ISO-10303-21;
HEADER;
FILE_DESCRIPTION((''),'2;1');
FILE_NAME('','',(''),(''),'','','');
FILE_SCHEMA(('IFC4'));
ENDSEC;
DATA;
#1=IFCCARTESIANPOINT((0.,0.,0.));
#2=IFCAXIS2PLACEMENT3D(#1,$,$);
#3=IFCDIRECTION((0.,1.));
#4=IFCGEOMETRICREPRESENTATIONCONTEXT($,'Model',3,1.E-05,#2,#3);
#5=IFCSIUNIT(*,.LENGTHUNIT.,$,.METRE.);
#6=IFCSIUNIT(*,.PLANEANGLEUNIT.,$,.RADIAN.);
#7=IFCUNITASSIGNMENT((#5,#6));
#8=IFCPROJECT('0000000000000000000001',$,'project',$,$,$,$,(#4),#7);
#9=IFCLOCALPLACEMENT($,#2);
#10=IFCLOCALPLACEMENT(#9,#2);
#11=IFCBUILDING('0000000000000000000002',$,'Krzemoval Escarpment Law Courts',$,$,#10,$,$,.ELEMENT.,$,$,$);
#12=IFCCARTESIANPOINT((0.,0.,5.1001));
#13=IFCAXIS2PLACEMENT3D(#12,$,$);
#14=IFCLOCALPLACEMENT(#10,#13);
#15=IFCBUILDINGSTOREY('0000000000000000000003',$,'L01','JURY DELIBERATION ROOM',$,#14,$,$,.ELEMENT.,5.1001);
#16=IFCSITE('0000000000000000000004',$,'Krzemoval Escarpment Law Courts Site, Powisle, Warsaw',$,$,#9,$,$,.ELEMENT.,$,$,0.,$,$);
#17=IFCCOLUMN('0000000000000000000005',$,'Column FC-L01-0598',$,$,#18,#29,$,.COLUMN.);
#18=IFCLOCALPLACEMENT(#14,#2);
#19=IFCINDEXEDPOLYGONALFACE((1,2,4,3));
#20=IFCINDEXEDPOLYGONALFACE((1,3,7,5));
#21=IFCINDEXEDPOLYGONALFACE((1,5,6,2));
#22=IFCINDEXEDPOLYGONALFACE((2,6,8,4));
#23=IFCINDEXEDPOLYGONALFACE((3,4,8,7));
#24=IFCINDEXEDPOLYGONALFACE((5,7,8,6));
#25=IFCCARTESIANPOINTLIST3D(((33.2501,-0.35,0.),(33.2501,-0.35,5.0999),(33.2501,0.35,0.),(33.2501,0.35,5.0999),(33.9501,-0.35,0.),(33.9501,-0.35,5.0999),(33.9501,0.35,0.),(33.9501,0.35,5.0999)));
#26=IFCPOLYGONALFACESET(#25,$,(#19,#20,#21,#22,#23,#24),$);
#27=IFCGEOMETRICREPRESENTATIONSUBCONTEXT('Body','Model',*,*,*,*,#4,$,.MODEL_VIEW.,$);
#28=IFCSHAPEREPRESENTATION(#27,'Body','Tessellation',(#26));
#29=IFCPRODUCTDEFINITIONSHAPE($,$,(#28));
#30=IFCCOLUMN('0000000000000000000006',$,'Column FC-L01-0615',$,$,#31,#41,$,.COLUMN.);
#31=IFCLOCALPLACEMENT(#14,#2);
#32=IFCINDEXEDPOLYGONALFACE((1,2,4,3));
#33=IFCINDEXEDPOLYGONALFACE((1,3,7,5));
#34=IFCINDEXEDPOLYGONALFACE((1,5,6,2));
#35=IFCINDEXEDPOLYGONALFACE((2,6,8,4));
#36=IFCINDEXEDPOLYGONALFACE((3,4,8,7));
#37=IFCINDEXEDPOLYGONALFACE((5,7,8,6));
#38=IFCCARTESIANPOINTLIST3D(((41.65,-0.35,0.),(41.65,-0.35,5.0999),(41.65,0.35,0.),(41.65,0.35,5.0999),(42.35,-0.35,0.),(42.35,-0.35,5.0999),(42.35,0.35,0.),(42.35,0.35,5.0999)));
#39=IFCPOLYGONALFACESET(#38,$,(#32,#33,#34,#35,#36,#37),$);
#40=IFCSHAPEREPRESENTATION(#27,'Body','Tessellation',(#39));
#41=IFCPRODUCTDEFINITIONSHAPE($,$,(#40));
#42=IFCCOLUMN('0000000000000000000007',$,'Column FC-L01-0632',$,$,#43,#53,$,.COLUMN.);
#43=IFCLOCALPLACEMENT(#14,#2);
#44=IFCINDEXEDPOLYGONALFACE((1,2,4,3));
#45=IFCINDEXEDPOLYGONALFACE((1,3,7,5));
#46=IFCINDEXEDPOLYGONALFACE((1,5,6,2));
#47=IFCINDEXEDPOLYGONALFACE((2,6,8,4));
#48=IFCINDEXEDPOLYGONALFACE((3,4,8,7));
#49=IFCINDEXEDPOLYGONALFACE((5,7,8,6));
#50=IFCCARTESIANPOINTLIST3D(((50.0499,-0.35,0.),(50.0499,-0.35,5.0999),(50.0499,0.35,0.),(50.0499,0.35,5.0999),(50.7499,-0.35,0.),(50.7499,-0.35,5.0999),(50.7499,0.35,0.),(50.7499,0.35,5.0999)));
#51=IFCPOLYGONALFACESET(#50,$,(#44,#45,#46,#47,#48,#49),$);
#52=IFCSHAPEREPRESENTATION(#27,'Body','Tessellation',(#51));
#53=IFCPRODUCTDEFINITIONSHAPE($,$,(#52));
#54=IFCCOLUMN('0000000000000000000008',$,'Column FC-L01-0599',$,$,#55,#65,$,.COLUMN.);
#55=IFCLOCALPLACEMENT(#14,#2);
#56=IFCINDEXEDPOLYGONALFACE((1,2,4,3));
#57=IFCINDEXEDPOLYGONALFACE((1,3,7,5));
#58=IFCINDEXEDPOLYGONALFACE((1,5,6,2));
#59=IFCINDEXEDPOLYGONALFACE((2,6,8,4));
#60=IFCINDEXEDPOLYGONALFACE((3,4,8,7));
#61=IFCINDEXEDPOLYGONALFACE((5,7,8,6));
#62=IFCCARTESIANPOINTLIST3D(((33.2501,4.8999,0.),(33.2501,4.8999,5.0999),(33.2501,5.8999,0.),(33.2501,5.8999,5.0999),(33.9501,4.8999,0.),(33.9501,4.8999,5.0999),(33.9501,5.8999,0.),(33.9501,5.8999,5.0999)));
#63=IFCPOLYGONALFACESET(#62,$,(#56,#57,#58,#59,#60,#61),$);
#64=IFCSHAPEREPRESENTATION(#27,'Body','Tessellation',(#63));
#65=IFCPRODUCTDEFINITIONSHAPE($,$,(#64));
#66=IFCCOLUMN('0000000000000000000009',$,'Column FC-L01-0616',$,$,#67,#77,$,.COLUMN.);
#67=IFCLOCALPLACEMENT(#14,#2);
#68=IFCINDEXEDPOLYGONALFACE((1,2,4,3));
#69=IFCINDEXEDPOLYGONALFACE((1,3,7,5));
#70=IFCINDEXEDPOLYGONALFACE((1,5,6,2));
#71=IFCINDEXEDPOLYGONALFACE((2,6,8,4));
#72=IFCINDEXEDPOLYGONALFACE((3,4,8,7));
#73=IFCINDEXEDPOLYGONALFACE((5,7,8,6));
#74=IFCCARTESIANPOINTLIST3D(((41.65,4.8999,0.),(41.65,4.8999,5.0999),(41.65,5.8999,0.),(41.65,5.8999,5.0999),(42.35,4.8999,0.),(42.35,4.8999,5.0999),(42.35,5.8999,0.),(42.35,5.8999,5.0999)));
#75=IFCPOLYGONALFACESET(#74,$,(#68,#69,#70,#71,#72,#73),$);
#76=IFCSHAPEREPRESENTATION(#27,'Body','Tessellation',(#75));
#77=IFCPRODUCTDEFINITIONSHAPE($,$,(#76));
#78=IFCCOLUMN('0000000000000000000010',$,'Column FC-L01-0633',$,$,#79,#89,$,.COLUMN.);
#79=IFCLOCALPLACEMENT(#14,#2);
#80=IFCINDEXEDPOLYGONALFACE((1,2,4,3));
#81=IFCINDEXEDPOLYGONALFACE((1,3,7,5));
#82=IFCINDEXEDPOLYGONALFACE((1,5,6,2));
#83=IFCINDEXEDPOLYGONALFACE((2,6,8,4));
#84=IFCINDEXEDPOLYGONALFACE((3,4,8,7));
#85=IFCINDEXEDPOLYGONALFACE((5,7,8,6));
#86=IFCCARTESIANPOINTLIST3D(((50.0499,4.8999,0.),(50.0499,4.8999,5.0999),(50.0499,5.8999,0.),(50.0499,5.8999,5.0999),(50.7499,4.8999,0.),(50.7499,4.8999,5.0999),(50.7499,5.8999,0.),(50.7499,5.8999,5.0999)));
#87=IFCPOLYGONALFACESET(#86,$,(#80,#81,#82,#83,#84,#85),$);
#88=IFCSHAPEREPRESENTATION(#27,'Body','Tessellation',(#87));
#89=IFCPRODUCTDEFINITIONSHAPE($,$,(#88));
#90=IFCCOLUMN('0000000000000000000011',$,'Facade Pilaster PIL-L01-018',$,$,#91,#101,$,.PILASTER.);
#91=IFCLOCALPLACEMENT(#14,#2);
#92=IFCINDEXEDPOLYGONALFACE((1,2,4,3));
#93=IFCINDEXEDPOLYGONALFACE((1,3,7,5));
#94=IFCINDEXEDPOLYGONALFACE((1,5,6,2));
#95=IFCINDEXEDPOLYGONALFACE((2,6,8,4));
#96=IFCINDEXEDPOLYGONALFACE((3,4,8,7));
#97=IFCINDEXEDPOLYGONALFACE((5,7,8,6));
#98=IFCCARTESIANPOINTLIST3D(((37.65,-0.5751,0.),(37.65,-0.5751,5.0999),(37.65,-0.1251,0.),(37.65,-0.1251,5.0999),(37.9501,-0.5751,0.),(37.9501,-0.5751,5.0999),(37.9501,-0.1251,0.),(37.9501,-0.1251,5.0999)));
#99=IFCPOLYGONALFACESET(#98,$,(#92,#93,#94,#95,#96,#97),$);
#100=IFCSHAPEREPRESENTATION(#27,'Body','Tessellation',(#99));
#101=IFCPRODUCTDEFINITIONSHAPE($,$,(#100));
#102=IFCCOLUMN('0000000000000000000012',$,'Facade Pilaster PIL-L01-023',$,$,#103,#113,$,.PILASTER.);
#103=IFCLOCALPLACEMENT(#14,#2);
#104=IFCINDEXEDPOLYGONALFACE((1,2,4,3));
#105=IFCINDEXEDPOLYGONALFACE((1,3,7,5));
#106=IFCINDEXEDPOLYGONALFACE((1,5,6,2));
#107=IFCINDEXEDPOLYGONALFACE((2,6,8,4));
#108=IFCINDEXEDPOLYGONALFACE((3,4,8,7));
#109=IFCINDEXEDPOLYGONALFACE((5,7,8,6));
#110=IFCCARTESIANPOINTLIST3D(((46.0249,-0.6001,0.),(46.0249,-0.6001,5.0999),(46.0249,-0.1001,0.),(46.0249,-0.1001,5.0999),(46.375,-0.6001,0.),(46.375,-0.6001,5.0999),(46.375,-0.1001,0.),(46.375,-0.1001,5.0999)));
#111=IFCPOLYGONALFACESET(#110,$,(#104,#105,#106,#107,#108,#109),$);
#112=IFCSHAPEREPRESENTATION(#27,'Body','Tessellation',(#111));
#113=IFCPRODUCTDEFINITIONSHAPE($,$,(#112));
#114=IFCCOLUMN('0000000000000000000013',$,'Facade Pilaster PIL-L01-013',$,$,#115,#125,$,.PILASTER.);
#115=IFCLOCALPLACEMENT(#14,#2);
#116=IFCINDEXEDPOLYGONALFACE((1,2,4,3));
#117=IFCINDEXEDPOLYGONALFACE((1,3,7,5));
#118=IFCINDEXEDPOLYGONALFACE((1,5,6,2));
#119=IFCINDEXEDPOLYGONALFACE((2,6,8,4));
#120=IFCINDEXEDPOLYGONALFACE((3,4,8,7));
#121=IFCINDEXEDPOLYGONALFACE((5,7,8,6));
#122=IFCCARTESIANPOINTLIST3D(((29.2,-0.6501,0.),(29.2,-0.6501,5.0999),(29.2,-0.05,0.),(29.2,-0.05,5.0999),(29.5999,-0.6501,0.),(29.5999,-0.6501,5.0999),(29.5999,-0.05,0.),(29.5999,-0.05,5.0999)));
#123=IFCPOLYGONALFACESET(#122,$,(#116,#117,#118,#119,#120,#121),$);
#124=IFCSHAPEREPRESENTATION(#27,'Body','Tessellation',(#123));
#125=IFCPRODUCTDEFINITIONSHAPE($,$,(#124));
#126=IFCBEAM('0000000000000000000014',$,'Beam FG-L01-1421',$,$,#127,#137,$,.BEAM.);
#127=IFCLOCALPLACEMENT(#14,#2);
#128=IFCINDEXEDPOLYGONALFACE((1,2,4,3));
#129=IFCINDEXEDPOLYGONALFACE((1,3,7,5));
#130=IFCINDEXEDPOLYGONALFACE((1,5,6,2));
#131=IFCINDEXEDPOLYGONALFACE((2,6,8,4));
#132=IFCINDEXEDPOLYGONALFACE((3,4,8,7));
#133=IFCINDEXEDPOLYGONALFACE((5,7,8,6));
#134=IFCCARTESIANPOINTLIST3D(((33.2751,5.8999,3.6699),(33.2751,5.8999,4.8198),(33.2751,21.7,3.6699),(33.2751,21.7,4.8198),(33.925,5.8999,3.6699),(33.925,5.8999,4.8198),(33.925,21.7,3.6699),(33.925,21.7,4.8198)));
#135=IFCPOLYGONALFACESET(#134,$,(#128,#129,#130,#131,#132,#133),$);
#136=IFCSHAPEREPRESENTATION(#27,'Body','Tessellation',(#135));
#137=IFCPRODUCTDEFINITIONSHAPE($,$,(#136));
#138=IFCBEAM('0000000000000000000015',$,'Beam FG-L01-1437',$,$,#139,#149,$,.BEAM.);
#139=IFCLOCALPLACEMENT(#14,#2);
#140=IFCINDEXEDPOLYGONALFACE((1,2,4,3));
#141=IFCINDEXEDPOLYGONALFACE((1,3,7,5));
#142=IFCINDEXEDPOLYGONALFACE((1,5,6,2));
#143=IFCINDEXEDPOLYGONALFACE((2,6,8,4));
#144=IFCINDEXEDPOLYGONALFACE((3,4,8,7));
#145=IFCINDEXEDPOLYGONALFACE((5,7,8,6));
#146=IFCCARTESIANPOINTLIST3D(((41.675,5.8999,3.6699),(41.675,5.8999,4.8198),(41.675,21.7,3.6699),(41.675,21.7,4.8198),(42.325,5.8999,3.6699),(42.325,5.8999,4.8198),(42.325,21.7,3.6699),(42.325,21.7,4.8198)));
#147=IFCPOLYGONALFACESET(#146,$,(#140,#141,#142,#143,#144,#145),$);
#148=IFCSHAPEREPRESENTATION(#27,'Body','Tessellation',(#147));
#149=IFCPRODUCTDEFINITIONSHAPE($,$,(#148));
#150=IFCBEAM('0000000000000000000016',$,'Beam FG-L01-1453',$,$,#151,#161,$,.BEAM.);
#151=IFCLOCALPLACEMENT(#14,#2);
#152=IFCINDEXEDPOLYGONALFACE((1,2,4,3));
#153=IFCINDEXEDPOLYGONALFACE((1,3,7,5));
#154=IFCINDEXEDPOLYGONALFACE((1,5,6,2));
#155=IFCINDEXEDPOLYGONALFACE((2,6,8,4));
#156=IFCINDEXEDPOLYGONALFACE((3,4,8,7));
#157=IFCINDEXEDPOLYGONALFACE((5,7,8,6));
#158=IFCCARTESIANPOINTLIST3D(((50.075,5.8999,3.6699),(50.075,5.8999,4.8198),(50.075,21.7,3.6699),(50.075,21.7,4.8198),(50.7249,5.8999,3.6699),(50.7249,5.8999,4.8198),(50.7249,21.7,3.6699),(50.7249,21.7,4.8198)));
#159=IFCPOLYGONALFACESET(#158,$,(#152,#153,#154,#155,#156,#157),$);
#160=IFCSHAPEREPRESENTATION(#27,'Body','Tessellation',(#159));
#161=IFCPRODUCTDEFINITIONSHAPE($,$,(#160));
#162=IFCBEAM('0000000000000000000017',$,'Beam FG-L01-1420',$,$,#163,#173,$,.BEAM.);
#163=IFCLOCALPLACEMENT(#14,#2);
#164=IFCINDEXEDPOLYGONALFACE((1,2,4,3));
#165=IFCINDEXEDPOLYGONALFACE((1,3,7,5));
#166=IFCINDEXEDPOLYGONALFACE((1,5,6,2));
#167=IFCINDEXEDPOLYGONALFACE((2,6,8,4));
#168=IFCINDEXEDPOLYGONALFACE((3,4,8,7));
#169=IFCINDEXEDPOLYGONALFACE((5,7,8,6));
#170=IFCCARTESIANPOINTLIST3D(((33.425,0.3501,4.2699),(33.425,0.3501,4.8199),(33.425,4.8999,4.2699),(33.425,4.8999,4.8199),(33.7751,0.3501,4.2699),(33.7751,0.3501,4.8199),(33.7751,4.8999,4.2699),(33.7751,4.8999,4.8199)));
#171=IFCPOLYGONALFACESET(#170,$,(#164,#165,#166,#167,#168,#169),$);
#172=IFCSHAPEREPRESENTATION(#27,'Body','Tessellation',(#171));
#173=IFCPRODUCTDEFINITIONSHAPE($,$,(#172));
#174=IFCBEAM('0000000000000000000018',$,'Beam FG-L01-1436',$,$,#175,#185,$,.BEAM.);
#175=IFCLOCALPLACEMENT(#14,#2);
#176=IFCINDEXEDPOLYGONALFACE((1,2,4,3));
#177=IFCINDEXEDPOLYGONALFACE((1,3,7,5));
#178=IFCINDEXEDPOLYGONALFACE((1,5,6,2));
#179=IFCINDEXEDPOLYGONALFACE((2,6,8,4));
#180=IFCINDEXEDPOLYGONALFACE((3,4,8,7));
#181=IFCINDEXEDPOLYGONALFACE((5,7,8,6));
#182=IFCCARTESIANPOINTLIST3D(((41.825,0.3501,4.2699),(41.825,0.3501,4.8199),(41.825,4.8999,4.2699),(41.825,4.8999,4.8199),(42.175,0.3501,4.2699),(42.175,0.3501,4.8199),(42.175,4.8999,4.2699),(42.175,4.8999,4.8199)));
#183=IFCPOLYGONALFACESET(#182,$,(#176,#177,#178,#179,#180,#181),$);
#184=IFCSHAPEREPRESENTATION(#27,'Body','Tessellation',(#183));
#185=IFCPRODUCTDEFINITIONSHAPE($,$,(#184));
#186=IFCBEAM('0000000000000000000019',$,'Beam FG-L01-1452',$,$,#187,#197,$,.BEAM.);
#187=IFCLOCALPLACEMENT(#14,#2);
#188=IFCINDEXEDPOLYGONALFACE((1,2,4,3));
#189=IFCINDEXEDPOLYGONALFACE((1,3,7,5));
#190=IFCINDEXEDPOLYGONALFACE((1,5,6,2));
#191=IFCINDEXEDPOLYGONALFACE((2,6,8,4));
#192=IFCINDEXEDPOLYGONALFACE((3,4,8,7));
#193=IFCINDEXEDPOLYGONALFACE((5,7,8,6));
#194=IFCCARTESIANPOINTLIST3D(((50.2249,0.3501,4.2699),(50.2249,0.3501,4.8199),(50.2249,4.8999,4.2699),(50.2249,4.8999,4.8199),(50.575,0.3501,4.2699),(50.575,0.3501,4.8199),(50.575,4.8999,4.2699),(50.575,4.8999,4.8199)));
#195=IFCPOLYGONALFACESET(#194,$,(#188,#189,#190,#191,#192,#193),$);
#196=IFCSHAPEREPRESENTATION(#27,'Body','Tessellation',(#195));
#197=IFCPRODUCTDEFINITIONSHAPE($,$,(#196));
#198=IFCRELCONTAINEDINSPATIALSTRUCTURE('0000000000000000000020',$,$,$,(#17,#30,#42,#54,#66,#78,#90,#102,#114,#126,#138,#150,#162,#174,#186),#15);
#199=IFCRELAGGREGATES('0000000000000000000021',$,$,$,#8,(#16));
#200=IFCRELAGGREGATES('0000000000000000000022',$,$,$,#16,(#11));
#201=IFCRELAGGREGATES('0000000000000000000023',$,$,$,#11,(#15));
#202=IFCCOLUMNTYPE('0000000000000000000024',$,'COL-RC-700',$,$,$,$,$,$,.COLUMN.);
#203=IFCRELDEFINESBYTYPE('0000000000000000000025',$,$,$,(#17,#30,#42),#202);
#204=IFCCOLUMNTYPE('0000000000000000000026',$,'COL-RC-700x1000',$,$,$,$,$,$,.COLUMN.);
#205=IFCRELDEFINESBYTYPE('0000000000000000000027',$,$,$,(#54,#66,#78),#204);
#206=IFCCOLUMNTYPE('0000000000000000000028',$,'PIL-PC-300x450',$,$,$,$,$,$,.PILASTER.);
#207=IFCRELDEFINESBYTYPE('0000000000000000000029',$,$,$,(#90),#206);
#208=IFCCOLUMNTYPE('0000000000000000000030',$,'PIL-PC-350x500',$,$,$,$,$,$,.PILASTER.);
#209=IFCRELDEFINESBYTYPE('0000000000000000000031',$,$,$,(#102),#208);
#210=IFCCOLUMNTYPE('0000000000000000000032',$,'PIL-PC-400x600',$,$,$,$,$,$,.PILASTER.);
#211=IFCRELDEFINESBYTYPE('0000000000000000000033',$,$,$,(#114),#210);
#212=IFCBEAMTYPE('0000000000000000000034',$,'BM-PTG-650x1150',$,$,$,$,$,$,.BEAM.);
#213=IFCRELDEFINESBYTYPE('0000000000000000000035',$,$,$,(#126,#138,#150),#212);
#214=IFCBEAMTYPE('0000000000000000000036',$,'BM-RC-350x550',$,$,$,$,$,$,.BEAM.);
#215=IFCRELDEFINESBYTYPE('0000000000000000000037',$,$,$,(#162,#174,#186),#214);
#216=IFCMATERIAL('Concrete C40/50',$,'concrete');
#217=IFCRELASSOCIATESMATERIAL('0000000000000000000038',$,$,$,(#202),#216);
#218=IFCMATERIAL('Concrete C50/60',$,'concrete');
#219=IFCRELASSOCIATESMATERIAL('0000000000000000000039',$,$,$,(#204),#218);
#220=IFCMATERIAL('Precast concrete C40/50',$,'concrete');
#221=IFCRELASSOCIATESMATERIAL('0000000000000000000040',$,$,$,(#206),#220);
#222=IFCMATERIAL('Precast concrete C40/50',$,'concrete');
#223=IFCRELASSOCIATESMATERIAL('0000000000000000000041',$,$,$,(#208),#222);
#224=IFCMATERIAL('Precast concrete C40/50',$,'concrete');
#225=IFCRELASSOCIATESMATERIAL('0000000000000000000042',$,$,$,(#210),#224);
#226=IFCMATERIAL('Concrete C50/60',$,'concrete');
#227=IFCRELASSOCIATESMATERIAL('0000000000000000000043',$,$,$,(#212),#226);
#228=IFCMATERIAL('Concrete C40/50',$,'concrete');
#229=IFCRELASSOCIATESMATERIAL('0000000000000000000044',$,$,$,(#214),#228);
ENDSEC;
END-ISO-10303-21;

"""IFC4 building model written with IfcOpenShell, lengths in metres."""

from ifc_helpers import new_model, si_unit, direction, frame, origin, origin_2d, place, context, subcontext, project, spatial, rectangle, extrude, material, material_profile, profile_set, type_object, element, save


model = new_model("IFC4")

# Units and contexts
model_context = context("Model", 3, precision=1e-05, world=origin(), true_north=direction((0.0, 1.0)))
body_context = subcontext(model_context, "Body", "Model", "MODEL_VIEW")
ifc_project = project(units=[si_unit("LENGTHUNIT", "METRE"), si_unit("PLANEANGLEUNIT", "RADIAN")], contexts=[model_context])

# Site, building, storey
site_placement = place(None, origin())
site = spatial("IfcSite", under=ifc_project, at=site_placement, Name="Krzemoval Escarpment Law Courts Site, Powisle, Warsaw", CompositionType="ELEMENT", RefElevation=0.0)
building_placement = place(site_placement, origin())
building = spatial("IfcBuilding", under=site, at=building_placement, Name="Krzemoval Escarpment Law Courts", CompositionType="ELEMENT")
storey_placement = place(building_placement, frame((0.0, 0.0, 5.1001)))
storey = spatial("IfcBuildingStorey", under=building, at=storey_placement, Name="L01", Description="JURY DELIBERATION ROOM", CompositionType="ELEMENT", Elevation=5.1001)

# Columns
ifc_material_1 = material(Name="Concrete C40/50", Category="concrete")
ifc_material_profile_1 = material_profile(ifc_material_1, rectangle(XDim=0.7, YDim=0.7, at=origin_2d()), Name="RC 700x700")
ifc_profile_set_1 = profile_set([ifc_material_profile_1], Name="Concrete C40/50")
column_type_1 = type_object("IfcColumnType", Name="COL-RC-700", PredefinedType="COLUMN", material=ifc_profile_set_1)
for number, where, z_axis, x_axis, name in (
    (1, (33.6001, 0.0, 0.0), (0.0, 0.0, 1.0), (1.0, 0.0, 0.0), "Column FC-L01-0598"),
    (2, (42.0, 0.0, 0.0), (0.0, 0.0, 1.0), (1.0, 0.0, 0.0), "Column FC-L01-0615"),
    (3, (50.3999, 0.0, 0.0), (0.0, 0.0, 1.0), (1.0, 0.0, 0.0), "Column FC-L01-0632"),
):
    element("IfcColumn", number, at=place(storey_placement, frame(where, z_axis=z_axis, x_axis=x_axis)), inside=storey, type_object=column_type_1, Name=name, PredefinedType="COLUMN", context=body_context, shape_type="SweptSolid", body=[
        extrude(rectangle(XDim=0.7, YDim=0.7, at=origin_2d()), origin(), (0.0, 0.0, 1.0), 5.0999),
    ])
ifc_material_2 = material(Name="Concrete C50/60", Category="concrete")
ifc_material_profile_2 = material_profile(ifc_material_2, rectangle(XDim=0.7, YDim=1.0, at=origin_2d()), Name="RC 700x1000")
ifc_profile_set_2 = profile_set([ifc_material_profile_2], Name="Concrete C50/60")
column_type_2 = type_object("IfcColumnType", Name="COL-RC-700x1000", PredefinedType="COLUMN", material=ifc_profile_set_2)
for number, where, z_axis, x_axis, name in (
    (4, (33.6001, 5.3999, 0.0), (0.0, 0.0, 1.0), (1.0, 0.0, 0.0), "Column FC-L01-0599"),
    (5, (42.0, 5.3999, 0.0), (0.0, 0.0, 1.0), (1.0, 0.0, 0.0), "Column FC-L01-0616"),
    (6, (50.3999, 5.3999, 0.0), (0.0, 0.0, 1.0), (1.0, 0.0, 0.0), "Column FC-L01-0633"),
):
    element("IfcColumn", number, at=place(storey_placement, frame(where, z_axis=z_axis, x_axis=x_axis)), inside=storey, type_object=column_type_2, Name=name, PredefinedType="COLUMN", context=body_context, shape_type="SweptSolid", body=[
        extrude(rectangle(XDim=0.7, YDim=1.0, at=origin_2d()), origin(), (0.0, 0.0, 1.0), 5.0999),
    ])
ifc_material_3 = material(Name="Precast concrete C40/50", Category="concrete")
ifc_material_profile_3 = material_profile(ifc_material_3, rectangle(XDim=0.3, YDim=0.45, at=origin_2d()), Name="PIL 300x450")
ifc_profile_set_3 = profile_set([ifc_material_profile_3], Name="Precast concrete C40/50")
column_type_3 = type_object("IfcColumnType", Name="PIL-PC-300x450", PredefinedType="PILASTER", material=ifc_profile_set_3)
column_1_placement = place(storey_placement, frame((37.8, -0.3501, 0.0), z_axis=(0.0, 0.0, 1.0), x_axis=(1.0, 0.0, 0.0)))
element("IfcColumn", 7, at=column_1_placement, inside=storey, type_object=column_type_3, Name="Facade Pilaster PIL-L01-018", PredefinedType="PILASTER", context=body_context, shape_type="SweptSolid", body=[
    extrude(rectangle(XDim=0.3, YDim=0.45, at=origin_2d()), origin(), (0.0, 0.0, 1.0), 5.0999),
])
ifc_material_4 = material(Name="Precast concrete C40/50", Category="concrete")
ifc_material_profile_4 = material_profile(ifc_material_4, rectangle(XDim=0.3501, YDim=0.5, at=origin_2d()), Name="PIL 350x500")
ifc_profile_set_4 = profile_set([ifc_material_profile_4], Name="Precast concrete C40/50")
column_type_4 = type_object("IfcColumnType", Name="PIL-PC-350x500", PredefinedType="PILASTER", material=ifc_profile_set_4)
column_2_placement = place(storey_placement, frame((46.2, -0.3501, 0.0), z_axis=(0.0, 0.0, 1.0), x_axis=(1.0, 0.0, 0.0)))
element("IfcColumn", 8, at=column_2_placement, inside=storey, type_object=column_type_4, Name="Facade Pilaster PIL-L01-023", PredefinedType="PILASTER", context=body_context, shape_type="SweptSolid", body=[
    extrude(rectangle(XDim=0.3501, YDim=0.5, at=origin_2d()), origin(), (0.0, 0.0, 1.0), 5.0999),
])
ifc_material_5 = material(Name="Precast concrete C40/50", Category="concrete")
ifc_material_profile_5 = material_profile(ifc_material_5, rectangle(XDim=0.3999, YDim=0.6001, at=origin_2d()), Name="PIL 400x600")
ifc_profile_set_5 = profile_set([ifc_material_profile_5], Name="Precast concrete C40/50")
column_type_5 = type_object("IfcColumnType", Name="PIL-PC-400x600", PredefinedType="PILASTER", material=ifc_profile_set_5)
column_3_placement = place(storey_placement, frame((29.3999, -0.3501, 0.0), z_axis=(0.0, 0.0, 1.0), x_axis=(1.0, 0.0, 0.0)))
element("IfcColumn", 9, at=column_3_placement, inside=storey, type_object=column_type_5, Name="Facade Pilaster PIL-L01-013", PredefinedType="PILASTER", context=body_context, shape_type="SweptSolid", body=[
    extrude(rectangle(XDim=0.3999, YDim=0.6001, at=origin_2d()), origin(), (0.0, 0.0, 1.0), 5.0999),
])

# Beams
ifc_material_6 = material(Name="Concrete C50/60", Category="concrete")
ifc_material_profile_6 = material_profile(ifc_material_6, rectangle(XDim=0.6499, YDim=1.1499, at=origin_2d()), Name="PTG 650x1150")
ifc_profile_set_6 = profile_set([ifc_material_profile_6], Name="Concrete C50/60")
beam_type_1 = type_object("IfcBeamType", Name="BM-PTG-650x1150", PredefinedType="BEAM", material=ifc_profile_set_6)
for number, where, z_axis, x_axis, name in (
    (10, (33.6001, 5.8999, 4.2449), (0.0, 1.0, 0.0), (-1.0, 0.0, 0.0), "Beam FG-L01-1421"),
    (11, (42.0, 5.8999, 4.2449), (0.0, 1.0, 0.0), (-1.0, 0.0, 0.0), "Beam FG-L01-1437"),
    (12, (50.3999, 5.8999, 4.2449), (0.0, 1.0, 0.0), (-1.0, 0.0, 0.0), "Beam FG-L01-1453"),
):
    element("IfcBeam", number, at=place(storey_placement, frame(where, z_axis=z_axis, x_axis=x_axis)), inside=storey, type_object=beam_type_1, Name=name, PredefinedType="BEAM", context=body_context, shape_type="SweptSolid", body=[
        extrude(rectangle(XDim=0.6499, YDim=1.1499, at=origin_2d()), origin(), (0.0, 0.0, 1.0), 15.8),
    ])
ifc_material_7 = material(Name="Concrete C40/50", Category="concrete")
ifc_material_profile_7 = material_profile(ifc_material_7, rectangle(XDim=0.3501, YDim=0.55, at=origin_2d()), Name="RCB 350x550")
ifc_profile_set_7 = profile_set([ifc_material_profile_7], Name="Concrete C40/50")
beam_type_2 = type_object("IfcBeamType", Name="BM-RC-350x550", PredefinedType="BEAM", material=ifc_profile_set_7)
for number, where, z_axis, x_axis, name in (
    (13, (33.6001, 0.3501, 4.5449), (0.0, 1.0, 0.0), (-1.0, 0.0, 0.0), "Beam FG-L01-1420"),
    (14, (42.0, 0.3501, 4.5449), (0.0, 1.0, 0.0), (-1.0, 0.0, 0.0), "Beam FG-L01-1436"),
    (15, (50.3999, 0.3501, 4.5449), (0.0, 1.0, 0.0), (-1.0, 0.0, 0.0), "Beam FG-L01-1452"),
):
    element("IfcBeam", number, at=place(storey_placement, frame(where, z_axis=z_axis, x_axis=x_axis)), inside=storey, type_object=beam_type_2, Name=name, PredefinedType="BEAM", context=body_context, shape_type="SweptSolid", body=[
        extrude(rectangle(XDim=0.3501, YDim=0.55, at=origin_2d()), origin(), (0.0, 0.0, 1.0), 4.5498),
    ])

save(model, "model.ifc")
